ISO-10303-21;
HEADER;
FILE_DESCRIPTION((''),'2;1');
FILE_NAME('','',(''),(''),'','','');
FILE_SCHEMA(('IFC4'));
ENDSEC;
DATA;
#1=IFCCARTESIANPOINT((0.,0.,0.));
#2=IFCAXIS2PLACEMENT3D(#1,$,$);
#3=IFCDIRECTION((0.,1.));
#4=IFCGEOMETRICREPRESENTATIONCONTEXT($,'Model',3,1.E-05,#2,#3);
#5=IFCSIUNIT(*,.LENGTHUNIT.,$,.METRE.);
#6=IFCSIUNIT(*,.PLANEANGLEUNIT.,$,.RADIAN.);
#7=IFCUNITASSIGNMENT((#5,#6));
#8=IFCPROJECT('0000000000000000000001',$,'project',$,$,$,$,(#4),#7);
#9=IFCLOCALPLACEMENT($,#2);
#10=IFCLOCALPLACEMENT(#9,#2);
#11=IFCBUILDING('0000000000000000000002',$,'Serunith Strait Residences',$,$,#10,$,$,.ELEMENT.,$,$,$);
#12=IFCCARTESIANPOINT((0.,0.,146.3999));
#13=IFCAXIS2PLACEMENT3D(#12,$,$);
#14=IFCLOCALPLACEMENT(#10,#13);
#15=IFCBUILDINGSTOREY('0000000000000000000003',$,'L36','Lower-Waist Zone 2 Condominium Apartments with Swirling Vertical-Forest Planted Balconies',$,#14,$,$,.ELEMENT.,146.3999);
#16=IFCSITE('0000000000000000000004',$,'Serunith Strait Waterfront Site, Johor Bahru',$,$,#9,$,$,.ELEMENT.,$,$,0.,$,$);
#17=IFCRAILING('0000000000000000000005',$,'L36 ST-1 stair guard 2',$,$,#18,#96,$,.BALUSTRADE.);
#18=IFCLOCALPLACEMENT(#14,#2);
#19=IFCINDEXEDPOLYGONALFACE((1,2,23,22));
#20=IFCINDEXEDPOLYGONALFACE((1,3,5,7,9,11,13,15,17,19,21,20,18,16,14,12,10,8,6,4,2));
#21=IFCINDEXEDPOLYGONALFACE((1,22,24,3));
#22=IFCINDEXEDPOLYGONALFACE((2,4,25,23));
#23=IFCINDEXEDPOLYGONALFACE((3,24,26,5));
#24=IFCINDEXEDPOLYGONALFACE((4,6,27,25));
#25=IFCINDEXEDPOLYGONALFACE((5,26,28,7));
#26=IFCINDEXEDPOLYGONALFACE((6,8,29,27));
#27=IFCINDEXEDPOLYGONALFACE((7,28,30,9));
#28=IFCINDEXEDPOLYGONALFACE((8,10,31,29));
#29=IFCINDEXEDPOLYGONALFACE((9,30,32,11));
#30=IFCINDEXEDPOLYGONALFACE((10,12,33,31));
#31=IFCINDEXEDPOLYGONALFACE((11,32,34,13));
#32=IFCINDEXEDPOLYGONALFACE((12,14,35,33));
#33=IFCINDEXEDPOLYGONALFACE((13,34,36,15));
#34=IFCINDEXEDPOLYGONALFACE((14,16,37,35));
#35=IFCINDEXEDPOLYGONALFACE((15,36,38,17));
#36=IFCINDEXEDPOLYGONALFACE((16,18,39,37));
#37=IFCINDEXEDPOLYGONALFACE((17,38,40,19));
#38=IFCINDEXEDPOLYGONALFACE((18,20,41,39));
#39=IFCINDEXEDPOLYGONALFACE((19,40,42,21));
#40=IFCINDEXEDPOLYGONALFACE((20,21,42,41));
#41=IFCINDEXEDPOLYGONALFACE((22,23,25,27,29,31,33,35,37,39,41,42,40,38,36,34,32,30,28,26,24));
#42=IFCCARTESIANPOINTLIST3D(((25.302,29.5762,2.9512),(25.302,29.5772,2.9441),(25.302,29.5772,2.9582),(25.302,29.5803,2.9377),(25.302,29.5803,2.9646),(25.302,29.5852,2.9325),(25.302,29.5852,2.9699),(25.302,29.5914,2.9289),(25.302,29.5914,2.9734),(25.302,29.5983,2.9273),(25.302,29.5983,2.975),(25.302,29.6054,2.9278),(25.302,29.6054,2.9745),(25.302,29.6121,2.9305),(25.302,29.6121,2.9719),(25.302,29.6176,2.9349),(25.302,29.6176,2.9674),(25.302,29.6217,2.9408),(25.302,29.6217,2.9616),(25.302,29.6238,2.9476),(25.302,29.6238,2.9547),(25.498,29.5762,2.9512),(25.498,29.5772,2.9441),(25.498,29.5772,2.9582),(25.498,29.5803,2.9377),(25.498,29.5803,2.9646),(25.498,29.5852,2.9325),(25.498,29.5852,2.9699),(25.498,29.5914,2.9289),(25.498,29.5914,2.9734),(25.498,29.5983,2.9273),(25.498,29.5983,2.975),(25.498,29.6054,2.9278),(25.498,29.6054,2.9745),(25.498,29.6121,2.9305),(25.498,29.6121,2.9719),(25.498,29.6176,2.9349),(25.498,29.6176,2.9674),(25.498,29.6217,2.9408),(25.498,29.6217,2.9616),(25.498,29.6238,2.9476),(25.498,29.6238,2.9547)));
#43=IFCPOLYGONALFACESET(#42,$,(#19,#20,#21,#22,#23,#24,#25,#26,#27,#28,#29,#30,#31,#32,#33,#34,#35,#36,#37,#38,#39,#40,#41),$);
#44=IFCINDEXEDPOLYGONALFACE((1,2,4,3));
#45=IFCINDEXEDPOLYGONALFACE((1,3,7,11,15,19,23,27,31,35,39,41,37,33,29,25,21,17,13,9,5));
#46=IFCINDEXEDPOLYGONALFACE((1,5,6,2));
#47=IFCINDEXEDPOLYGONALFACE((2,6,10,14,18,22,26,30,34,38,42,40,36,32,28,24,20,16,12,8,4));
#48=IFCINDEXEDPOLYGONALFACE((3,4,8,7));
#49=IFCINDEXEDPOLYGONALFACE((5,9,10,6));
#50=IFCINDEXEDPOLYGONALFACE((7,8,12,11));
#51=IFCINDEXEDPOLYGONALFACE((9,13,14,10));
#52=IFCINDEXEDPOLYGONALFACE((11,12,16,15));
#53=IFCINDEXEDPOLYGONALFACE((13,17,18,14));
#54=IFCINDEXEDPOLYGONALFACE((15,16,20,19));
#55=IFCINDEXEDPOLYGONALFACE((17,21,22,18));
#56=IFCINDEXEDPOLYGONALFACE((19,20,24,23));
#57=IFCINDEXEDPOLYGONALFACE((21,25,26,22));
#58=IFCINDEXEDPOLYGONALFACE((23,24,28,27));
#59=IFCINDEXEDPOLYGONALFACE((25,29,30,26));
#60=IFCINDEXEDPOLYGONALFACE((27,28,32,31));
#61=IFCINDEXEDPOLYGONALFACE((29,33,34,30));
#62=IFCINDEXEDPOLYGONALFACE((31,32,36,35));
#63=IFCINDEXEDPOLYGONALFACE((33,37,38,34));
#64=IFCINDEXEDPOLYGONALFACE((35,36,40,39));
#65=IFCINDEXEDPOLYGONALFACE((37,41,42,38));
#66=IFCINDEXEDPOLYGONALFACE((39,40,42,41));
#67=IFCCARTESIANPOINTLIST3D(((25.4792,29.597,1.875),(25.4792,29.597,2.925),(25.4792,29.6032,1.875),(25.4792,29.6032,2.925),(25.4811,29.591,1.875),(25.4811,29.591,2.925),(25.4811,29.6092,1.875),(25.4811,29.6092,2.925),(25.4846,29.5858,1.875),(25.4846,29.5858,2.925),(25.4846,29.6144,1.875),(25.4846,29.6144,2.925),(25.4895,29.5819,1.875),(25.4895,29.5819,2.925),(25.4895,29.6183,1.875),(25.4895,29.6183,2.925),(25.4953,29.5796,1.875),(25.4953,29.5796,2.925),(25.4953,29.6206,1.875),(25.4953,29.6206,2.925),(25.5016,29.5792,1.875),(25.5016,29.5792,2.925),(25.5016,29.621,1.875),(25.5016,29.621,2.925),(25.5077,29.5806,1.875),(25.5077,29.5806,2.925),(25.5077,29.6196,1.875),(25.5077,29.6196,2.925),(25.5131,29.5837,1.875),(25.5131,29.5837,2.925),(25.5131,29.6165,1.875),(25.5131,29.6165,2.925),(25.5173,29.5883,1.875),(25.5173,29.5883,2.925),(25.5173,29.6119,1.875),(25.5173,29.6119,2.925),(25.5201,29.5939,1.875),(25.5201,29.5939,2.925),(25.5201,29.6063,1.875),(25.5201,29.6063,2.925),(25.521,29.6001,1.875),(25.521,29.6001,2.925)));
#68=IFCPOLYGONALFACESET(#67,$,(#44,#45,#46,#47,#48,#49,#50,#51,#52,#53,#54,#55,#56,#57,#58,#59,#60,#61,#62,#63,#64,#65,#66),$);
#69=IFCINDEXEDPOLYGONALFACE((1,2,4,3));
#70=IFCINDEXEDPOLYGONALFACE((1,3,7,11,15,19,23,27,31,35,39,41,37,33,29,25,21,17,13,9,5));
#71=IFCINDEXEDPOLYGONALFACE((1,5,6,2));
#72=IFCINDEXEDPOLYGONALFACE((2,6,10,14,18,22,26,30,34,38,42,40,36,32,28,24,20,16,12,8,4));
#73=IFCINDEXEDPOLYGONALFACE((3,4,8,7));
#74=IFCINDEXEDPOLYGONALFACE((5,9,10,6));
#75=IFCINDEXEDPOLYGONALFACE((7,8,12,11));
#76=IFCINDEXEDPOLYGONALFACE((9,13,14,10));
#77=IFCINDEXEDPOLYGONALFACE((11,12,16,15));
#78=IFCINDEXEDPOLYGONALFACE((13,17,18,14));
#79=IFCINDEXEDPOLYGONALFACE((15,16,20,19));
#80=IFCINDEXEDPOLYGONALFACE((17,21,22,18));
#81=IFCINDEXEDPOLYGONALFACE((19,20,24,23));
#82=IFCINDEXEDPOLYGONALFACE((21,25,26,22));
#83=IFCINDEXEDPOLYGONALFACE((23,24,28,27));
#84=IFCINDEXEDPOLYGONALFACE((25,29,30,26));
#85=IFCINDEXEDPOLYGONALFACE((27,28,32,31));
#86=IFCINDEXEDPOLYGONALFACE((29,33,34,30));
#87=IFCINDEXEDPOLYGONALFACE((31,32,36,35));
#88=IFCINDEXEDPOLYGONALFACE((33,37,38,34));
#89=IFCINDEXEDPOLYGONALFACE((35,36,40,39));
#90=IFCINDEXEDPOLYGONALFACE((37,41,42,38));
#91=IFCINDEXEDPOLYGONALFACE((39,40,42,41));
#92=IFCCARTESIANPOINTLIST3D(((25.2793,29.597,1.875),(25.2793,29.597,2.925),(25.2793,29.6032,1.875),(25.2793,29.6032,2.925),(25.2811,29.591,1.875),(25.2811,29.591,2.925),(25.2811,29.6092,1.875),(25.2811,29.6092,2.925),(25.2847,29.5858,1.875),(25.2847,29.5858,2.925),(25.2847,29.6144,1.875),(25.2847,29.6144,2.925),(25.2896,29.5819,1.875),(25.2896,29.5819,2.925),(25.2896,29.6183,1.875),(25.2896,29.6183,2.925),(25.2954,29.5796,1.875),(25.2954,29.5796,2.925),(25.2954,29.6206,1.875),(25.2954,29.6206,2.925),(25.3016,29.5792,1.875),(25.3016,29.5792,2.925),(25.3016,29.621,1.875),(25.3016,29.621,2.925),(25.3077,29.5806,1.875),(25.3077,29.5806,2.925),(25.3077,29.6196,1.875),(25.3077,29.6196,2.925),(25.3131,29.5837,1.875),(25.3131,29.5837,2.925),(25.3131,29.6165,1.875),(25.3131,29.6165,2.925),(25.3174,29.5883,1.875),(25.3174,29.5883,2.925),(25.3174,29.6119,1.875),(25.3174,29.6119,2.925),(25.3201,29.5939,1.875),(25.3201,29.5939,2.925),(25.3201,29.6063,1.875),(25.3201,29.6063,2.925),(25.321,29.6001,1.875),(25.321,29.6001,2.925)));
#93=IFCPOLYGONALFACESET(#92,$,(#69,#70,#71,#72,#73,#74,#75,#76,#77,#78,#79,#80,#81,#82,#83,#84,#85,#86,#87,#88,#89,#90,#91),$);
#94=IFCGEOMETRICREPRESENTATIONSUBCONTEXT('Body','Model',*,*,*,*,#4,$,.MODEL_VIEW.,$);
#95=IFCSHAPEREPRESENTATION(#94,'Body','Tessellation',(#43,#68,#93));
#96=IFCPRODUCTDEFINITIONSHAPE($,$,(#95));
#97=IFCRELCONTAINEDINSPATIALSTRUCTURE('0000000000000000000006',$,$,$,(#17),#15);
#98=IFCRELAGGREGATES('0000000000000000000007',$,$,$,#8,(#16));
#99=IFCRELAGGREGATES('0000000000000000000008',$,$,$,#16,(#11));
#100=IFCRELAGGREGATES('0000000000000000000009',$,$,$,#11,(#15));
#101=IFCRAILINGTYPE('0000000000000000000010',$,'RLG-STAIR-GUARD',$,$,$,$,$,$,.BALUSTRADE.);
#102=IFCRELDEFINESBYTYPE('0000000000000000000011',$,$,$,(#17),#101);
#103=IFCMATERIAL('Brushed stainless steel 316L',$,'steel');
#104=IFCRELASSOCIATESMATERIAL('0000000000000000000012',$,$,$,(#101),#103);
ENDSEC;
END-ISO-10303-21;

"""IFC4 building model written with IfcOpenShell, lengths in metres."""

from ifc_helpers import new_model, si_unit, direction, frame, origin, origin_2d, place, context, subcontext, project, spatial, circle, extrude, material, type_object, element, save


model = new_model("IFC4")

# Units and contexts
model_context = context("Model", 3, precision=1e-05, world=origin(), true_north=direction((0.0, 1.0)))
body_context = subcontext(model_context, "Body", "Model", "MODEL_VIEW")
ifc_project = project(units=[si_unit("LENGTHUNIT", "METRE"), si_unit("PLANEANGLEUNIT", "RADIAN")], contexts=[model_context])

# Site, building, storey
site_placement = place(None, origin())
site = spatial("IfcSite", under=ifc_project, at=site_placement, Name="Serunith Strait Waterfront Site, Johor Bahru", CompositionType="ELEMENT", RefElevation=0.0)
building_placement = place(site_placement, origin())
building = spatial("IfcBuilding", under=site, at=building_placement, Name="Serunith Strait Residences", CompositionType="ELEMENT")
storey_placement = place(building_placement, frame((0.0, 0.0, 146.3999)))
storey = spatial("IfcBuildingStorey", under=building, at=storey_placement, Name="L36", Description="Lower-Waist Zone 2 Condominium Apartments with Swirling Vertical-Forest Planted Balconies", CompositionType="ELEMENT", Elevation=146.3999)

# Railing
ifc_material_1 = material(Name="Brushed stainless steel 316L", Category="steel")
railing_type_1 = type_object("IfcRailingType", Name="RLG-STAIR-GUARD", PredefinedType="BALUSTRADE", material=ifc_material_1)
railing_1_placement = place(storey_placement, frame((25.5, 29.6001, 1.875)))
element("IfcRailing", 1, at=railing_1_placement, inside=storey, type_object=railing_type_1, Name="L36 ST-1 stair guard 2", PredefinedType="BALUSTRADE", context=body_context, shape_type="SweptSolid", body=[
    extrude(circle(Radius=0.0239, at=origin_2d()), frame((-0.002, 0.0, 1.0762), z_axis=(-1.0, 0.0, 0.0), x_axis=(0.0, -1.0, 0.0)), (0.0, 0.0, 1.0), 0.196),
    extrude(circle(Radius=0.021, at=origin_2d()), origin(), (0.0, 0.0, 1.0), 1.05),
    extrude(circle(Radius=0.021, at=origin_2d()), frame((-0.2, 0.0, 0.0)), (0.0, 0.0, 1.0), 1.05),
])

save(model, "model.ifc")
